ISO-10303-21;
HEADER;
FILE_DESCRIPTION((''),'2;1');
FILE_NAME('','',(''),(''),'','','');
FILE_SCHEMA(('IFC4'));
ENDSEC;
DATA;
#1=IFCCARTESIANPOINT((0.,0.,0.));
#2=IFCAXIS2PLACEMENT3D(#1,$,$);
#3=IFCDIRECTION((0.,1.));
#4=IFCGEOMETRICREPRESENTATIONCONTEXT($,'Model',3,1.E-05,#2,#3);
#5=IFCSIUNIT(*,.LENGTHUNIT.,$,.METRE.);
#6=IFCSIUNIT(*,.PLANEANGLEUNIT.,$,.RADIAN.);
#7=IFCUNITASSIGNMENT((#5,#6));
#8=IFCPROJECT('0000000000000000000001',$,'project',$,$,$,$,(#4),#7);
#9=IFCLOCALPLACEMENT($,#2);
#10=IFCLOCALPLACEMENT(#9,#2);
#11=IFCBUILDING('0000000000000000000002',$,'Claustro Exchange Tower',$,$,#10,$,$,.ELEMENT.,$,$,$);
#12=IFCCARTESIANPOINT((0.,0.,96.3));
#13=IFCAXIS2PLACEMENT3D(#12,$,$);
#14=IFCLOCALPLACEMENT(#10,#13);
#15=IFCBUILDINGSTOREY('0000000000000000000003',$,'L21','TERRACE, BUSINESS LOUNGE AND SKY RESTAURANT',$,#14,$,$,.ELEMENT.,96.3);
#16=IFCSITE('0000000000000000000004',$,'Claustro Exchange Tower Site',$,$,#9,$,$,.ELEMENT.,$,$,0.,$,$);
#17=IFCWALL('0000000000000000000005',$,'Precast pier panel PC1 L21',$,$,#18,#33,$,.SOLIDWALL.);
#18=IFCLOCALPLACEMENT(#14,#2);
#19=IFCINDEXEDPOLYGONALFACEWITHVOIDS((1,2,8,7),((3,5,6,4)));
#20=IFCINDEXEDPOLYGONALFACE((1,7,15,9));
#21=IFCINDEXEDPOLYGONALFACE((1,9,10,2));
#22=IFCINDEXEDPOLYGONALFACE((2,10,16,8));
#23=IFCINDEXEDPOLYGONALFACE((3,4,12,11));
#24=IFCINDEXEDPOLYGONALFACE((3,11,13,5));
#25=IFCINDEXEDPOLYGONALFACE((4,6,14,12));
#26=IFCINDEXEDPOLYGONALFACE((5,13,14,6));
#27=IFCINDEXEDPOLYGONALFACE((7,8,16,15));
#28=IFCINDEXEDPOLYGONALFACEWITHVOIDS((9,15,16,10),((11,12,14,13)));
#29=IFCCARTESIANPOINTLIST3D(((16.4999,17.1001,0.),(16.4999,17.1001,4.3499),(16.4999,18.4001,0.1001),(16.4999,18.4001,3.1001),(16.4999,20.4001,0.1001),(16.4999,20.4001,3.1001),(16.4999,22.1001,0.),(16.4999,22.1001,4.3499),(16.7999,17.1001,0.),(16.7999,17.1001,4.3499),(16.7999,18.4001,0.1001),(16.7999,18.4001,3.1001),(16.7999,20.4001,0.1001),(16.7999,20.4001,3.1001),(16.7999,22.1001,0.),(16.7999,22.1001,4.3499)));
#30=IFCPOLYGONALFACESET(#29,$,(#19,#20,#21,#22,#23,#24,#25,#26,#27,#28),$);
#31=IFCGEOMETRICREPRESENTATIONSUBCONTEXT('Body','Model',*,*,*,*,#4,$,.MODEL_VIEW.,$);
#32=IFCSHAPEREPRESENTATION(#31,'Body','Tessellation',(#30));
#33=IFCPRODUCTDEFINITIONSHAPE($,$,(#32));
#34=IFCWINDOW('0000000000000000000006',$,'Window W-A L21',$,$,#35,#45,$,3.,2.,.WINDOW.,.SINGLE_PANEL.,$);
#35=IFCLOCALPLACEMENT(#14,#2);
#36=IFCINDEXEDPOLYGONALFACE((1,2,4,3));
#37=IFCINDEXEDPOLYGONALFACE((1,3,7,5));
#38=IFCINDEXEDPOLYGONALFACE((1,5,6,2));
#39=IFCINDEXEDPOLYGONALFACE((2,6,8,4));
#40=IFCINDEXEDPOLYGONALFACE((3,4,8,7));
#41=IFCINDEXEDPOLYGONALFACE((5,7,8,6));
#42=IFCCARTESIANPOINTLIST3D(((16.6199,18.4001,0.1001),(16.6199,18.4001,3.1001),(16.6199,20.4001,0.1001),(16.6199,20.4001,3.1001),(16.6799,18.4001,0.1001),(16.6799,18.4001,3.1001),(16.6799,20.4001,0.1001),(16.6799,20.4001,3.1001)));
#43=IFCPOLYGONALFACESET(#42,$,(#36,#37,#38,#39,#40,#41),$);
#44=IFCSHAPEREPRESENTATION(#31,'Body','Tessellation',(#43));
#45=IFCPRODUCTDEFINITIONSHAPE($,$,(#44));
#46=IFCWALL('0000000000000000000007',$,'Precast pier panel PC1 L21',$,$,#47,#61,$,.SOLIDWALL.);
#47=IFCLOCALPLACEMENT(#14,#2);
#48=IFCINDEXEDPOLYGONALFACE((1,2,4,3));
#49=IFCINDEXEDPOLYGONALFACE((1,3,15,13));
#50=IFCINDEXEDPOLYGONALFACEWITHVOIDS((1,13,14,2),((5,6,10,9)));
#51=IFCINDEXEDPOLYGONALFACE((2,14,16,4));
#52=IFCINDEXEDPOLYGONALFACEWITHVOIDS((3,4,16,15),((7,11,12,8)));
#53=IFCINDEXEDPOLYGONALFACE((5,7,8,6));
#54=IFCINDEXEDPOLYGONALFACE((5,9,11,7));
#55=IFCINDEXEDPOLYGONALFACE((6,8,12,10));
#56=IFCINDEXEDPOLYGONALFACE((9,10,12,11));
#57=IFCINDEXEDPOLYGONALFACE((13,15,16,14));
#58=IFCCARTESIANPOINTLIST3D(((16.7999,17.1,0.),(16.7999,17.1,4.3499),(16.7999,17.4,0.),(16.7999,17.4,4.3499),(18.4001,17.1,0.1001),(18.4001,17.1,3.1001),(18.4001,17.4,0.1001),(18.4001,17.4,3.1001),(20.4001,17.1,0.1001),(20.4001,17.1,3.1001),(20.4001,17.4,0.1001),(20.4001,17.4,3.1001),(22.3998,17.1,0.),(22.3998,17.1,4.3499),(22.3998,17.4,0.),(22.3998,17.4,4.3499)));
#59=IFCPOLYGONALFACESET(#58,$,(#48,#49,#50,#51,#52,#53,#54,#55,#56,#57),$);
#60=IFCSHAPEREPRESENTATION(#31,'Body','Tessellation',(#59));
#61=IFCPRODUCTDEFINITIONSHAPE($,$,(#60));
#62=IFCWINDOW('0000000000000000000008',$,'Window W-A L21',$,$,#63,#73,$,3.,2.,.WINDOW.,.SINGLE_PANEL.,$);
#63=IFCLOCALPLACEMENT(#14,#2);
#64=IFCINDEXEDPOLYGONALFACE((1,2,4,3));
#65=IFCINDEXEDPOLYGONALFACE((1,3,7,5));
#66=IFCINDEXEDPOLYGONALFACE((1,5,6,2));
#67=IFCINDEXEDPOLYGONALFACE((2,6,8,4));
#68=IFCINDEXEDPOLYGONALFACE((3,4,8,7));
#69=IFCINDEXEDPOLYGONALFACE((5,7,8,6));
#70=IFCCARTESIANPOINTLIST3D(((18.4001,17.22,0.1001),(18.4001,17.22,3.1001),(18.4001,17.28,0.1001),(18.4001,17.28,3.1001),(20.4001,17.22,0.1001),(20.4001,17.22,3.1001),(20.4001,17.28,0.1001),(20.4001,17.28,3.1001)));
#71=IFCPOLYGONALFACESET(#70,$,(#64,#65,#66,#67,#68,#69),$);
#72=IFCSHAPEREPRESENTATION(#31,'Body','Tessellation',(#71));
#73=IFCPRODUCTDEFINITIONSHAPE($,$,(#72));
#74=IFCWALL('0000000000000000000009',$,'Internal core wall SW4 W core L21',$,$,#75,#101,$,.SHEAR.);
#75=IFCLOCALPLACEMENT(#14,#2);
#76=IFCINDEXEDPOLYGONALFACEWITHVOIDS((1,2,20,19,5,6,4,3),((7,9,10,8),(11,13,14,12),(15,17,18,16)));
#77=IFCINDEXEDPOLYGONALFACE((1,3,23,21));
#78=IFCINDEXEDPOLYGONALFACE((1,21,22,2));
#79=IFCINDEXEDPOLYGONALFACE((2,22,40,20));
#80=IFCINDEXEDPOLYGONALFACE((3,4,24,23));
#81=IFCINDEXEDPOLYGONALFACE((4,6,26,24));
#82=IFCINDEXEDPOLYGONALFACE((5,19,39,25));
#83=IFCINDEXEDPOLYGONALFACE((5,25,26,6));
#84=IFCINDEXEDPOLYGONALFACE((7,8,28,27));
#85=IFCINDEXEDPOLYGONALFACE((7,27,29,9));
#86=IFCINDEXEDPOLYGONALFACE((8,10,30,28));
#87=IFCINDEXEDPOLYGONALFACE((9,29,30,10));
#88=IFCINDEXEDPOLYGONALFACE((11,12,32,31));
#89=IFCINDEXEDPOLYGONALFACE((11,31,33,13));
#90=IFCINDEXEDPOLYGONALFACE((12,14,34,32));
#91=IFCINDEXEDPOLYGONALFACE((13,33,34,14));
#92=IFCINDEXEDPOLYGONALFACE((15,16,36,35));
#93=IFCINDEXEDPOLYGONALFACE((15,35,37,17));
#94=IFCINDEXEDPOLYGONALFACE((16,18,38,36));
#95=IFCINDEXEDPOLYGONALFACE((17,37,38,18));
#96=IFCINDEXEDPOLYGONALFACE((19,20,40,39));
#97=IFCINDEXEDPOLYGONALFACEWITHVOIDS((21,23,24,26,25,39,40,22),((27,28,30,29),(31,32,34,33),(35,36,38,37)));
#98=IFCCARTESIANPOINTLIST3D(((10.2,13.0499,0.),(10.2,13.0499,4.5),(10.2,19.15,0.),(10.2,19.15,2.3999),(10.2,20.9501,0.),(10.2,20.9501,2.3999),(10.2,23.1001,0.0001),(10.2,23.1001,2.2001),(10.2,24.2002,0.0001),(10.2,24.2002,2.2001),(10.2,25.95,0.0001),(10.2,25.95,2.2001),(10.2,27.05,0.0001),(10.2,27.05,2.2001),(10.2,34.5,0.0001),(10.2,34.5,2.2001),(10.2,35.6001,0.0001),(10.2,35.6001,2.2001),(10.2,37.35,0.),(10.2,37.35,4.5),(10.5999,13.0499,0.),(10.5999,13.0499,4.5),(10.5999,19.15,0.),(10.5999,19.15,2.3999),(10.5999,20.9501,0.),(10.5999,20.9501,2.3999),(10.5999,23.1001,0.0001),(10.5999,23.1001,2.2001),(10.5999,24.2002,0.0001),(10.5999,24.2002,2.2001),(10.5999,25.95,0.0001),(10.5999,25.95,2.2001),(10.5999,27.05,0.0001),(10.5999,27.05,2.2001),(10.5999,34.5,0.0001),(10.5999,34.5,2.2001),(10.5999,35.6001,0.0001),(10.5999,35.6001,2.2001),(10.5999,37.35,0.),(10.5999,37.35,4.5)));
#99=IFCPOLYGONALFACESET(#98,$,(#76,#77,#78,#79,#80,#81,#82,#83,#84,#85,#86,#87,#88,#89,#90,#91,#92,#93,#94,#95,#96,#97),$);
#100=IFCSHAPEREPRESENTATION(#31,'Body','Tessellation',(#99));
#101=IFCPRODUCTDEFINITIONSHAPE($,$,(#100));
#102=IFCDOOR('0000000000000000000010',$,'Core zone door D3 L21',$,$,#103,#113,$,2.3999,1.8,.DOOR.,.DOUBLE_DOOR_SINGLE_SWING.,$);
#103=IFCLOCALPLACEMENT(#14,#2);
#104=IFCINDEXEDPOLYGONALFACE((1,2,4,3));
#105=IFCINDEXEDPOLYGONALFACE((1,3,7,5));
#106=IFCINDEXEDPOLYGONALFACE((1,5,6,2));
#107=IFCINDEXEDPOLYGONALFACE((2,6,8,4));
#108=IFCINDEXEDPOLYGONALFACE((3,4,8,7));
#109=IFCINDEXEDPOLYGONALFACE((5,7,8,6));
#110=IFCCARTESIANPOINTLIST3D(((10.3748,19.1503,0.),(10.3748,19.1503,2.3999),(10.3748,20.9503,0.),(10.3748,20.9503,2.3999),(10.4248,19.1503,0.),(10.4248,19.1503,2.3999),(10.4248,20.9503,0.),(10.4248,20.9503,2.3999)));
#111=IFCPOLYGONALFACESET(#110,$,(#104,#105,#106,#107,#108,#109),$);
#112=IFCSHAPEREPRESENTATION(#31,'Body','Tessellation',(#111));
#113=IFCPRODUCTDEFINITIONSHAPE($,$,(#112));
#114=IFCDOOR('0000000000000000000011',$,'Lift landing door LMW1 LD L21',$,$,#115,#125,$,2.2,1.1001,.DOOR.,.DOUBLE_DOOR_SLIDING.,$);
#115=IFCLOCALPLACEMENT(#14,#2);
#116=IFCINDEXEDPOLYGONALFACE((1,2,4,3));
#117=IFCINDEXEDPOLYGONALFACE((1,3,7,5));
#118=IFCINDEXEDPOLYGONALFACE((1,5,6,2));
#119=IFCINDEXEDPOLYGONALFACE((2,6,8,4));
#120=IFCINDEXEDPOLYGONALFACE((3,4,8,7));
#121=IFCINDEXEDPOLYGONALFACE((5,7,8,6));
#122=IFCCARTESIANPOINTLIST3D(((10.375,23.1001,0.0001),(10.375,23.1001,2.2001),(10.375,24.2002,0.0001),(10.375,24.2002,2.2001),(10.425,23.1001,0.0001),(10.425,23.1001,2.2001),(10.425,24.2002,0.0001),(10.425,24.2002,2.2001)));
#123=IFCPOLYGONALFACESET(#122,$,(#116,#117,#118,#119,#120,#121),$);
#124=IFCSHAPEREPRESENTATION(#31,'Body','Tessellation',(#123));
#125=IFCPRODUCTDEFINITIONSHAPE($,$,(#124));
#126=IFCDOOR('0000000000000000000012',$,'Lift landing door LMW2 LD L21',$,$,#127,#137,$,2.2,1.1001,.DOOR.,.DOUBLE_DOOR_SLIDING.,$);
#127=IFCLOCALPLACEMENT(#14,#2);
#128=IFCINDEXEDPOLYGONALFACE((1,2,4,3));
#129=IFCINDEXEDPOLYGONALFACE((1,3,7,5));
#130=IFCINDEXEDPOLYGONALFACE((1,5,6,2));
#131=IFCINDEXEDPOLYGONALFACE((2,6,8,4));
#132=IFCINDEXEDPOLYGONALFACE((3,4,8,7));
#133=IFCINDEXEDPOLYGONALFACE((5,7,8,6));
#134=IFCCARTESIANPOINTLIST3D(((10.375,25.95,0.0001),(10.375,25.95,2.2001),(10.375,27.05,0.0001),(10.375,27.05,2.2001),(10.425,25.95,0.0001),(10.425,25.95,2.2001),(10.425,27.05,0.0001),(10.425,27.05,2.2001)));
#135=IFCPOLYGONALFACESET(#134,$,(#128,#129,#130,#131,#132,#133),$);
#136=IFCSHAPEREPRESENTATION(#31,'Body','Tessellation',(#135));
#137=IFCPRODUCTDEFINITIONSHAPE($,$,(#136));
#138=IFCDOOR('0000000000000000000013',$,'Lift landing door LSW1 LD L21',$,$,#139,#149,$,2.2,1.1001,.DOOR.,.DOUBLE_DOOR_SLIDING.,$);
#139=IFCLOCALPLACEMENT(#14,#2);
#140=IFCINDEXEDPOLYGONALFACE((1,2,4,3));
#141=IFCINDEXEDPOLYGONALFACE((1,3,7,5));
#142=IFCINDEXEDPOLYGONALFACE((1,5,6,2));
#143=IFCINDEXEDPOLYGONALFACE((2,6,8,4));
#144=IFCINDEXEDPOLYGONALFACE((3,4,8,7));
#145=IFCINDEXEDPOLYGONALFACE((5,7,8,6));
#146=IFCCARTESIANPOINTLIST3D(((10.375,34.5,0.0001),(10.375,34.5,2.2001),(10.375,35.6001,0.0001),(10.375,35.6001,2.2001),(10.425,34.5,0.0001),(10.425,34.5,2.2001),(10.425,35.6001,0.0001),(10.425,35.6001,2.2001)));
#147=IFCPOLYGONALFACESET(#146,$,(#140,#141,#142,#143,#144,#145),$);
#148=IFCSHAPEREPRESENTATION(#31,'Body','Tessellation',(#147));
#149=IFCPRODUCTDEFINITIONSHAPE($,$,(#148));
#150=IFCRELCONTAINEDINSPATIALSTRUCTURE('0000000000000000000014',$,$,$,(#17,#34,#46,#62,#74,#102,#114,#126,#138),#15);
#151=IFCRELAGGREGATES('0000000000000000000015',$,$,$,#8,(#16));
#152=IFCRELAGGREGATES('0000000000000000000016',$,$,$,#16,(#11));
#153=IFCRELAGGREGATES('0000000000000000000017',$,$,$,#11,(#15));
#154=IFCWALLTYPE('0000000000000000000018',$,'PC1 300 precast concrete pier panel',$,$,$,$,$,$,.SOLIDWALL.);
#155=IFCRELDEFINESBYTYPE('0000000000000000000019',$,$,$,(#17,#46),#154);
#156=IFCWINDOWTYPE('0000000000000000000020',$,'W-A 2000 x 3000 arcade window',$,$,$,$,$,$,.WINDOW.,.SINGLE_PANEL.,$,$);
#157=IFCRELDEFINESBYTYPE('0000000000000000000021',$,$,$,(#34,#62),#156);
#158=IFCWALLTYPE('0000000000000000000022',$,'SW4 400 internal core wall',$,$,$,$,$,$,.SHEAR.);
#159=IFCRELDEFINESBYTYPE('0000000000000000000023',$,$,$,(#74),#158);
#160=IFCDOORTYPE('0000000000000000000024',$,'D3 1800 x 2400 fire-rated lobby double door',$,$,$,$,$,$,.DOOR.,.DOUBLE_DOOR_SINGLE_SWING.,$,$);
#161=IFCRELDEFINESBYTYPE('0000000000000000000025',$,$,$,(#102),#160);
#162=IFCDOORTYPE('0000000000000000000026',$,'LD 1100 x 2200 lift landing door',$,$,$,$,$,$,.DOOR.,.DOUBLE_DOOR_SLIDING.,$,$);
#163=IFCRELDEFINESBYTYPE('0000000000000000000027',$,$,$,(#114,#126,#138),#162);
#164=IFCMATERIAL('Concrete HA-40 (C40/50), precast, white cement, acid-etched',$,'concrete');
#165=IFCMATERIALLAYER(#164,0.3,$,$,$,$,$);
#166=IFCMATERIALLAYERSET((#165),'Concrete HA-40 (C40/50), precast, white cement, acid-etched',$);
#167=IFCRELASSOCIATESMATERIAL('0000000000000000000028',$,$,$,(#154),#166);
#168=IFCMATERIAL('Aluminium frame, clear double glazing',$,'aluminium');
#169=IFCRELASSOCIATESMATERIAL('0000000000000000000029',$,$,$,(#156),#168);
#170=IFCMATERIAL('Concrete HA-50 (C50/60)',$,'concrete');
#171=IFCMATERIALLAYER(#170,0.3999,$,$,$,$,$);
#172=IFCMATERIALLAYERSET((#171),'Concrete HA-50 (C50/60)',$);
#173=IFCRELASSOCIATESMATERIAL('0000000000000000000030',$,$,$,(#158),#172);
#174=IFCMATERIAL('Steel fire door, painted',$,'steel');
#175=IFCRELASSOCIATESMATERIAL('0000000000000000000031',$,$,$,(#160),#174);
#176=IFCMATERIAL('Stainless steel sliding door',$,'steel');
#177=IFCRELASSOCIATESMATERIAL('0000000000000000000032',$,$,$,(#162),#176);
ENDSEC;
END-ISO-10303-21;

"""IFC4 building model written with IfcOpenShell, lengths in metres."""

from ifc_helpers import new_model, si_unit, direction, frame, frame_2d, origin, place, context, subcontext, project, spatial, rectangle, extrude, material, layer, layer_set, type_object, element, fill, save


model = new_model("IFC4")

# Units and contexts
model_context = context("Model", 3, precision=1e-05, world=origin(), true_north=direction((0.0, 1.0)))
body_context = subcontext(model_context, "Body", "Model", "MODEL_VIEW")
ifc_project = project(units=[si_unit("LENGTHUNIT", "METRE"), si_unit("PLANEANGLEUNIT", "RADIAN")], contexts=[model_context])

# Site, building, storey
site_placement = place(None, origin())
site = spatial("IfcSite", under=ifc_project, at=site_placement, Name="Claustro Exchange Tower Site", CompositionType="ELEMENT", RefElevation=0.0)
building_placement = place(site_placement, origin())
building = spatial("IfcBuilding", under=site, at=building_placement, Name="Claustro Exchange Tower", CompositionType="ELEMENT")
storey_placement = place(building_placement, frame((0.0, 0.0, 96.3)))
storey = spatial("IfcBuildingStorey", under=building, at=storey_placement, Name="L21", Description="TERRACE, BUSINESS LOUNGE AND SKY RESTAURANT", CompositionType="ELEMENT", Elevation=96.3)

# Walls, openings, windows
ifc_material_1 = material(Name="Concrete HA-40 (C40/50), precast, white cement, acid-etched", Category="concrete")
ifc_layer_1 = layer(ifc_material_1, 0.3)
ifc_layer_set_1 = layer_set([ifc_layer_1], Name="Concrete HA-40 (C40/50), precast, white cement, acid-etched")
wall_type_1 = type_object("IfcWallType", Name="PC1 300 precast concrete pier panel", PredefinedType="SOLIDWALL", material=ifc_layer_set_1)
wall_1_placement = place(storey_placement, frame((16.6499, 17.1001, 0.0), z_axis=(0.0, 0.0, 1.0), x_axis=(0.0, 1.0, 0.0)))
wall_1 = element("IfcWall", 1, at=wall_1_placement, inside=storey, type_object=wall_type_1, Name="Precast pier panel PC1 L21", PredefinedType="SOLIDWALL", context=body_context, shape_type="SweptSolid", body=[
    extrude(rectangle(XDim=5.0, YDim=0.3, at=frame_2d((2.5, 0.0))), origin(), (0.0, 0.0, 1.0), 4.3499),
])
opening_1_placement = place(wall_1_placement, frame((1.3, 0.0, 0.1001)))
opening_1 = element("IfcOpeningElement", 2, at=opening_1_placement, cuts=wall_1, PredefinedType="OPENING", context=body_context, shape_type="SweptSolid", body=[
    extrude(rectangle(XDim=2.0, YDim=3.0, at=frame_2d((1.0, 1.5))), frame((0.0, 0.1599, 0.0), z_axis=(0.0, -1.0, 0.0), x_axis=(1.0, 0.0, 0.0)), (0.0, 0.0, 1.0), 0.3201),
])
ifc_material_2 = material(Name="Aluminium frame, clear double glazing", Category="aluminium")
window_type = type_object("IfcWindowType", Name="W-A 2000 x 3000 arcade window", PartitioningType="SINGLE_PANEL", PredefinedType="WINDOW", material=ifc_material_2)
window_1_placement = place(opening_1_placement, origin())
window_1 = element("IfcWindow", 3, at=window_1_placement, inside=storey, type_object=window_type, Name="Window W-A L21", OverallHeight=3.0, OverallWidth=2.0, PartitioningType="SINGLE_PANEL", PredefinedType="WINDOW", context=body_context, shape_type="SweptSolid", body=[
    extrude(rectangle(XDim=2.0, YDim=3.0, at=frame_2d((1.0, 1.5))), frame((0.0, 0.03, 0.0), z_axis=(0.0, -1.0, 0.0), x_axis=(1.0, 0.0, 0.0)), (0.0, 0.0, 1.0), 0.0601),
])
fill(opening_1, window_1)
wall_2_placement = place(storey_placement, frame((16.8, 17.25, 0.0), z_axis=(0.0, 0.0, 1.0), x_axis=(1.0, 0.0, 0.0)))
wall_2 = element("IfcWall", 4, at=wall_2_placement, inside=storey, type_object=wall_type_1, Name="Precast pier panel PC1 L21", PredefinedType="SOLIDWALL", context=body_context, shape_type="SweptSolid", body=[
    extrude(rectangle(XDim=5.5999, YDim=0.3, at=frame_2d((2.7998, 0.0))), origin(), (0.0, 0.0, 1.0), 4.3499),
])
opening_2_placement = place(wall_2_placement, frame((1.6001, 0.0, 0.1001)))
opening_2 = element("IfcOpeningElement", 5, at=opening_2_placement, cuts=wall_2, PredefinedType="OPENING", context=body_context, shape_type="SweptSolid", body=[
    extrude(rectangle(XDim=2.0, YDim=3.0, at=frame_2d((1.0, 1.5))), frame((0.0, 0.1599, 0.0), z_axis=(0.0, -1.0, 0.0), x_axis=(1.0, 0.0, 0.0)), (0.0, 0.0, 1.0), 0.3201),
])
window_2_placement = place(opening_2_placement, origin())
window_2 = element("IfcWindow", 6, at=window_2_placement, inside=storey, type_object=window_type, Name="Window W-A L21", OverallHeight=3.0, OverallWidth=2.0, PartitioningType="SINGLE_PANEL", PredefinedType="WINDOW", context=body_context, shape_type="SweptSolid", body=[
    extrude(rectangle(XDim=2.0, YDim=3.0, at=frame_2d((1.0, 1.5))), frame((0.0, 0.03, 0.0), z_axis=(0.0, -1.0, 0.0), x_axis=(1.0, 0.0, 0.0)), (0.0, 0.0, 1.0), 0.0601),
])
fill(opening_2, window_2)

# Wall, openings, doors
ifc_material_3 = material(Name="Concrete HA-50 (C50/60)", Category="concrete")
ifc_layer_2 = layer(ifc_material_3, 0.3999)
ifc_layer_set_2 = layer_set([ifc_layer_2], Name="Concrete HA-50 (C50/60)")
wall_type_2 = type_object("IfcWallType", Name="SW4 400 internal core wall", PredefinedType="SHEAR", material=ifc_layer_set_2)
wall_3_placement = place(storey_placement, frame((10.3999, 13.05, 0.0), z_axis=(0.0, 0.0, 1.0), x_axis=(0.0, 1.0, 0.0)))
wall_3 = element("IfcWall", 7, at=wall_3_placement, inside=storey, type_object=wall_type_2, Name="Internal core wall SW4 W core L21", PredefinedType="SHEAR", context=body_context, shape_type="SweptSolid", body=[
    extrude(rectangle(XDim=24.3, YDim=0.3999, at=frame_2d((12.1499, 0.0))), origin(), (0.0, 0.0, 1.0), 4.5),
])
opening_3_placement = place(wall_3_placement, frame((10.05, 0.0, 0.0)))
opening_3 = element("IfcOpeningElement", 8, at=opening_3_placement, cuts=wall_3, PredefinedType="OPENING", context=body_context, shape_type="SweptSolid", body=[
    extrude(rectangle(XDim=1.1001, YDim=2.2, at=frame_2d((0.55, 1.1001))), frame((0.0, 0.21, 0.0), z_axis=(0.0, -1.0, 0.0), x_axis=(1.0, 0.0, 0.0)), (0.0, 0.0, 1.0), 0.4199),
])
opening_4_placement = place(wall_3_placement, frame((12.8999, 0.0, 0.0)))
opening_4 = element("IfcOpeningElement", 9, at=opening_4_placement, cuts=wall_3, PredefinedType="OPENING", context=body_context, shape_type="SweptSolid", body=[
    extrude(rectangle(XDim=1.1001, YDim=2.2, at=frame_2d((0.55, 1.1001))), frame((0.0, 0.21, 0.0), z_axis=(0.0, -1.0, 0.0), x_axis=(1.0, 0.0, 0.0)), (0.0, 0.0, 1.0), 0.4199),
])
opening_5_placement = place(wall_3_placement, frame((21.45, 0.0, 0.0)))
opening_5 = element("IfcOpeningElement", 10, at=opening_5_placement, cuts=wall_3, PredefinedType="OPENING", context=body_context, shape_type="SweptSolid", body=[
    extrude(rectangle(XDim=1.1001, YDim=2.2, at=frame_2d((0.55, 1.1001))), frame((0.0, 0.21, 0.0), z_axis=(0.0, -1.0, 0.0), x_axis=(1.0, 0.0, 0.0)), (0.0, 0.0, 1.0), 0.4199),
])
opening_6_placement = place(wall_3_placement, frame((6.1001, 0.0, 0.0)))
opening_6 = element("IfcOpeningElement", 11, at=opening_6_placement, cuts=wall_3, PredefinedType="OPENING", context=body_context, shape_type="SweptSolid", body=[
    extrude(rectangle(XDim=1.8, YDim=2.3999, at=frame_2d((0.8999, 1.2))), frame((0.0, 0.21, 0.0), z_axis=(0.0, -1.0, 0.0), x_axis=(1.0, 0.0, 0.0)), (0.0, 0.0, 1.0), 0.4199),
])
ifc_material_4 = material(Name="Steel fire door, painted", Category="steel")
door_type_1 = type_object("IfcDoorType", Name="D3 1800 x 2400 fire-rated lobby double door", OperationType="DOUBLE_DOOR_SINGLE_SWING", PredefinedType="DOOR", material=ifc_material_4)
door_1_placement = place(opening_6_placement, frame((1.8, 0.0, 0.0), z_axis=(0.0, 0.0, 1.0), x_axis=(-1.0, 0.0, 0.0)))
door_1 = element("IfcDoor", 12, at=door_1_placement, inside=storey, type_object=door_type_1, Name="Core zone door D3 L21", OperationType="DOUBLE_DOOR_SINGLE_SWING", OverallHeight=2.3999, OverallWidth=1.8, PredefinedType="DOOR", context=body_context, shape_type="SweptSolid", body=[
    extrude(rectangle(XDim=1.8, YDim=2.3999, at=frame_2d((0.8999, 1.2))), frame((0.0, 0.0249, 0.0), z_axis=(0.0, -1.0, 0.0), x_axis=(1.0, 0.0, 0.0)), (0.0, 0.0, 1.0), 0.05),
])
fill(opening_6, door_1)
ifc_material_5 = material(Name="Stainless steel sliding door", Category="steel")
door_type_2 = type_object("IfcDoorType", Name="LD 1100 x 2200 lift landing door", OperationType="DOUBLE_DOOR_SLIDING", PredefinedType="DOOR", material=ifc_material_5)
door_2_placement = place(opening_3_placement, origin())
door_2 = element("IfcDoor", 13, at=door_2_placement, inside=storey, type_object=door_type_2, Name="Lift landing door LMW1 LD L21", OperationType="DOUBLE_DOOR_SLIDING", OverallHeight=2.2, OverallWidth=1.1001, PredefinedType="DOOR", context=body_context, shape_type="SweptSolid", body=[
    extrude(rectangle(XDim=1.1001, YDim=2.2, at=frame_2d((0.55, 1.1001))), frame((0.0, 0.0249, 0.0), z_axis=(0.0, -1.0, 0.0), x_axis=(1.0, 0.0, 0.0)), (0.0, 0.0, 1.0), 0.05),
])
fill(opening_3, door_2)
door_3_placement = place(opening_4_placement, origin())
door_3 = element("IfcDoor", 14, at=door_3_placement, inside=storey, type_object=door_type_2, Name="Lift landing door LMW2 LD L21", OperationType="DOUBLE_DOOR_SLIDING", OverallHeight=2.2, OverallWidth=1.1001, PredefinedType="DOOR", context=body_context, shape_type="SweptSolid", body=[
    extrude(rectangle(XDim=1.1001, YDim=2.2, at=frame_2d((0.55, 1.1001))), frame((0.0, 0.0249, 0.0), z_axis=(0.0, -1.0, 0.0), x_axis=(1.0, 0.0, 0.0)), (0.0, 0.0, 1.0), 0.05),
])
fill(opening_4, door_3)
door_4_placement = place(opening_5_placement, origin())
door_4 = element("IfcDoor", 15, at=door_4_placement, inside=storey, type_object=door_type_2, Name="Lift landing door LSW1 LD L21", OperationType="DOUBLE_DOOR_SLIDING", OverallHeight=2.2, OverallWidth=1.1001, PredefinedType="DOOR", context=body_context, shape_type="SweptSolid", body=[
    extrude(rectangle(XDim=1.1001, YDim=2.2, at=frame_2d((0.55, 1.1001))), frame((0.0, 0.0249, 0.0), z_axis=(0.0, -1.0, 0.0), x_axis=(1.0, 0.0, 0.0)), (0.0, 0.0, 1.0), 0.05),
])
fill(opening_5, door_4)

save(model, "model.ifc")
